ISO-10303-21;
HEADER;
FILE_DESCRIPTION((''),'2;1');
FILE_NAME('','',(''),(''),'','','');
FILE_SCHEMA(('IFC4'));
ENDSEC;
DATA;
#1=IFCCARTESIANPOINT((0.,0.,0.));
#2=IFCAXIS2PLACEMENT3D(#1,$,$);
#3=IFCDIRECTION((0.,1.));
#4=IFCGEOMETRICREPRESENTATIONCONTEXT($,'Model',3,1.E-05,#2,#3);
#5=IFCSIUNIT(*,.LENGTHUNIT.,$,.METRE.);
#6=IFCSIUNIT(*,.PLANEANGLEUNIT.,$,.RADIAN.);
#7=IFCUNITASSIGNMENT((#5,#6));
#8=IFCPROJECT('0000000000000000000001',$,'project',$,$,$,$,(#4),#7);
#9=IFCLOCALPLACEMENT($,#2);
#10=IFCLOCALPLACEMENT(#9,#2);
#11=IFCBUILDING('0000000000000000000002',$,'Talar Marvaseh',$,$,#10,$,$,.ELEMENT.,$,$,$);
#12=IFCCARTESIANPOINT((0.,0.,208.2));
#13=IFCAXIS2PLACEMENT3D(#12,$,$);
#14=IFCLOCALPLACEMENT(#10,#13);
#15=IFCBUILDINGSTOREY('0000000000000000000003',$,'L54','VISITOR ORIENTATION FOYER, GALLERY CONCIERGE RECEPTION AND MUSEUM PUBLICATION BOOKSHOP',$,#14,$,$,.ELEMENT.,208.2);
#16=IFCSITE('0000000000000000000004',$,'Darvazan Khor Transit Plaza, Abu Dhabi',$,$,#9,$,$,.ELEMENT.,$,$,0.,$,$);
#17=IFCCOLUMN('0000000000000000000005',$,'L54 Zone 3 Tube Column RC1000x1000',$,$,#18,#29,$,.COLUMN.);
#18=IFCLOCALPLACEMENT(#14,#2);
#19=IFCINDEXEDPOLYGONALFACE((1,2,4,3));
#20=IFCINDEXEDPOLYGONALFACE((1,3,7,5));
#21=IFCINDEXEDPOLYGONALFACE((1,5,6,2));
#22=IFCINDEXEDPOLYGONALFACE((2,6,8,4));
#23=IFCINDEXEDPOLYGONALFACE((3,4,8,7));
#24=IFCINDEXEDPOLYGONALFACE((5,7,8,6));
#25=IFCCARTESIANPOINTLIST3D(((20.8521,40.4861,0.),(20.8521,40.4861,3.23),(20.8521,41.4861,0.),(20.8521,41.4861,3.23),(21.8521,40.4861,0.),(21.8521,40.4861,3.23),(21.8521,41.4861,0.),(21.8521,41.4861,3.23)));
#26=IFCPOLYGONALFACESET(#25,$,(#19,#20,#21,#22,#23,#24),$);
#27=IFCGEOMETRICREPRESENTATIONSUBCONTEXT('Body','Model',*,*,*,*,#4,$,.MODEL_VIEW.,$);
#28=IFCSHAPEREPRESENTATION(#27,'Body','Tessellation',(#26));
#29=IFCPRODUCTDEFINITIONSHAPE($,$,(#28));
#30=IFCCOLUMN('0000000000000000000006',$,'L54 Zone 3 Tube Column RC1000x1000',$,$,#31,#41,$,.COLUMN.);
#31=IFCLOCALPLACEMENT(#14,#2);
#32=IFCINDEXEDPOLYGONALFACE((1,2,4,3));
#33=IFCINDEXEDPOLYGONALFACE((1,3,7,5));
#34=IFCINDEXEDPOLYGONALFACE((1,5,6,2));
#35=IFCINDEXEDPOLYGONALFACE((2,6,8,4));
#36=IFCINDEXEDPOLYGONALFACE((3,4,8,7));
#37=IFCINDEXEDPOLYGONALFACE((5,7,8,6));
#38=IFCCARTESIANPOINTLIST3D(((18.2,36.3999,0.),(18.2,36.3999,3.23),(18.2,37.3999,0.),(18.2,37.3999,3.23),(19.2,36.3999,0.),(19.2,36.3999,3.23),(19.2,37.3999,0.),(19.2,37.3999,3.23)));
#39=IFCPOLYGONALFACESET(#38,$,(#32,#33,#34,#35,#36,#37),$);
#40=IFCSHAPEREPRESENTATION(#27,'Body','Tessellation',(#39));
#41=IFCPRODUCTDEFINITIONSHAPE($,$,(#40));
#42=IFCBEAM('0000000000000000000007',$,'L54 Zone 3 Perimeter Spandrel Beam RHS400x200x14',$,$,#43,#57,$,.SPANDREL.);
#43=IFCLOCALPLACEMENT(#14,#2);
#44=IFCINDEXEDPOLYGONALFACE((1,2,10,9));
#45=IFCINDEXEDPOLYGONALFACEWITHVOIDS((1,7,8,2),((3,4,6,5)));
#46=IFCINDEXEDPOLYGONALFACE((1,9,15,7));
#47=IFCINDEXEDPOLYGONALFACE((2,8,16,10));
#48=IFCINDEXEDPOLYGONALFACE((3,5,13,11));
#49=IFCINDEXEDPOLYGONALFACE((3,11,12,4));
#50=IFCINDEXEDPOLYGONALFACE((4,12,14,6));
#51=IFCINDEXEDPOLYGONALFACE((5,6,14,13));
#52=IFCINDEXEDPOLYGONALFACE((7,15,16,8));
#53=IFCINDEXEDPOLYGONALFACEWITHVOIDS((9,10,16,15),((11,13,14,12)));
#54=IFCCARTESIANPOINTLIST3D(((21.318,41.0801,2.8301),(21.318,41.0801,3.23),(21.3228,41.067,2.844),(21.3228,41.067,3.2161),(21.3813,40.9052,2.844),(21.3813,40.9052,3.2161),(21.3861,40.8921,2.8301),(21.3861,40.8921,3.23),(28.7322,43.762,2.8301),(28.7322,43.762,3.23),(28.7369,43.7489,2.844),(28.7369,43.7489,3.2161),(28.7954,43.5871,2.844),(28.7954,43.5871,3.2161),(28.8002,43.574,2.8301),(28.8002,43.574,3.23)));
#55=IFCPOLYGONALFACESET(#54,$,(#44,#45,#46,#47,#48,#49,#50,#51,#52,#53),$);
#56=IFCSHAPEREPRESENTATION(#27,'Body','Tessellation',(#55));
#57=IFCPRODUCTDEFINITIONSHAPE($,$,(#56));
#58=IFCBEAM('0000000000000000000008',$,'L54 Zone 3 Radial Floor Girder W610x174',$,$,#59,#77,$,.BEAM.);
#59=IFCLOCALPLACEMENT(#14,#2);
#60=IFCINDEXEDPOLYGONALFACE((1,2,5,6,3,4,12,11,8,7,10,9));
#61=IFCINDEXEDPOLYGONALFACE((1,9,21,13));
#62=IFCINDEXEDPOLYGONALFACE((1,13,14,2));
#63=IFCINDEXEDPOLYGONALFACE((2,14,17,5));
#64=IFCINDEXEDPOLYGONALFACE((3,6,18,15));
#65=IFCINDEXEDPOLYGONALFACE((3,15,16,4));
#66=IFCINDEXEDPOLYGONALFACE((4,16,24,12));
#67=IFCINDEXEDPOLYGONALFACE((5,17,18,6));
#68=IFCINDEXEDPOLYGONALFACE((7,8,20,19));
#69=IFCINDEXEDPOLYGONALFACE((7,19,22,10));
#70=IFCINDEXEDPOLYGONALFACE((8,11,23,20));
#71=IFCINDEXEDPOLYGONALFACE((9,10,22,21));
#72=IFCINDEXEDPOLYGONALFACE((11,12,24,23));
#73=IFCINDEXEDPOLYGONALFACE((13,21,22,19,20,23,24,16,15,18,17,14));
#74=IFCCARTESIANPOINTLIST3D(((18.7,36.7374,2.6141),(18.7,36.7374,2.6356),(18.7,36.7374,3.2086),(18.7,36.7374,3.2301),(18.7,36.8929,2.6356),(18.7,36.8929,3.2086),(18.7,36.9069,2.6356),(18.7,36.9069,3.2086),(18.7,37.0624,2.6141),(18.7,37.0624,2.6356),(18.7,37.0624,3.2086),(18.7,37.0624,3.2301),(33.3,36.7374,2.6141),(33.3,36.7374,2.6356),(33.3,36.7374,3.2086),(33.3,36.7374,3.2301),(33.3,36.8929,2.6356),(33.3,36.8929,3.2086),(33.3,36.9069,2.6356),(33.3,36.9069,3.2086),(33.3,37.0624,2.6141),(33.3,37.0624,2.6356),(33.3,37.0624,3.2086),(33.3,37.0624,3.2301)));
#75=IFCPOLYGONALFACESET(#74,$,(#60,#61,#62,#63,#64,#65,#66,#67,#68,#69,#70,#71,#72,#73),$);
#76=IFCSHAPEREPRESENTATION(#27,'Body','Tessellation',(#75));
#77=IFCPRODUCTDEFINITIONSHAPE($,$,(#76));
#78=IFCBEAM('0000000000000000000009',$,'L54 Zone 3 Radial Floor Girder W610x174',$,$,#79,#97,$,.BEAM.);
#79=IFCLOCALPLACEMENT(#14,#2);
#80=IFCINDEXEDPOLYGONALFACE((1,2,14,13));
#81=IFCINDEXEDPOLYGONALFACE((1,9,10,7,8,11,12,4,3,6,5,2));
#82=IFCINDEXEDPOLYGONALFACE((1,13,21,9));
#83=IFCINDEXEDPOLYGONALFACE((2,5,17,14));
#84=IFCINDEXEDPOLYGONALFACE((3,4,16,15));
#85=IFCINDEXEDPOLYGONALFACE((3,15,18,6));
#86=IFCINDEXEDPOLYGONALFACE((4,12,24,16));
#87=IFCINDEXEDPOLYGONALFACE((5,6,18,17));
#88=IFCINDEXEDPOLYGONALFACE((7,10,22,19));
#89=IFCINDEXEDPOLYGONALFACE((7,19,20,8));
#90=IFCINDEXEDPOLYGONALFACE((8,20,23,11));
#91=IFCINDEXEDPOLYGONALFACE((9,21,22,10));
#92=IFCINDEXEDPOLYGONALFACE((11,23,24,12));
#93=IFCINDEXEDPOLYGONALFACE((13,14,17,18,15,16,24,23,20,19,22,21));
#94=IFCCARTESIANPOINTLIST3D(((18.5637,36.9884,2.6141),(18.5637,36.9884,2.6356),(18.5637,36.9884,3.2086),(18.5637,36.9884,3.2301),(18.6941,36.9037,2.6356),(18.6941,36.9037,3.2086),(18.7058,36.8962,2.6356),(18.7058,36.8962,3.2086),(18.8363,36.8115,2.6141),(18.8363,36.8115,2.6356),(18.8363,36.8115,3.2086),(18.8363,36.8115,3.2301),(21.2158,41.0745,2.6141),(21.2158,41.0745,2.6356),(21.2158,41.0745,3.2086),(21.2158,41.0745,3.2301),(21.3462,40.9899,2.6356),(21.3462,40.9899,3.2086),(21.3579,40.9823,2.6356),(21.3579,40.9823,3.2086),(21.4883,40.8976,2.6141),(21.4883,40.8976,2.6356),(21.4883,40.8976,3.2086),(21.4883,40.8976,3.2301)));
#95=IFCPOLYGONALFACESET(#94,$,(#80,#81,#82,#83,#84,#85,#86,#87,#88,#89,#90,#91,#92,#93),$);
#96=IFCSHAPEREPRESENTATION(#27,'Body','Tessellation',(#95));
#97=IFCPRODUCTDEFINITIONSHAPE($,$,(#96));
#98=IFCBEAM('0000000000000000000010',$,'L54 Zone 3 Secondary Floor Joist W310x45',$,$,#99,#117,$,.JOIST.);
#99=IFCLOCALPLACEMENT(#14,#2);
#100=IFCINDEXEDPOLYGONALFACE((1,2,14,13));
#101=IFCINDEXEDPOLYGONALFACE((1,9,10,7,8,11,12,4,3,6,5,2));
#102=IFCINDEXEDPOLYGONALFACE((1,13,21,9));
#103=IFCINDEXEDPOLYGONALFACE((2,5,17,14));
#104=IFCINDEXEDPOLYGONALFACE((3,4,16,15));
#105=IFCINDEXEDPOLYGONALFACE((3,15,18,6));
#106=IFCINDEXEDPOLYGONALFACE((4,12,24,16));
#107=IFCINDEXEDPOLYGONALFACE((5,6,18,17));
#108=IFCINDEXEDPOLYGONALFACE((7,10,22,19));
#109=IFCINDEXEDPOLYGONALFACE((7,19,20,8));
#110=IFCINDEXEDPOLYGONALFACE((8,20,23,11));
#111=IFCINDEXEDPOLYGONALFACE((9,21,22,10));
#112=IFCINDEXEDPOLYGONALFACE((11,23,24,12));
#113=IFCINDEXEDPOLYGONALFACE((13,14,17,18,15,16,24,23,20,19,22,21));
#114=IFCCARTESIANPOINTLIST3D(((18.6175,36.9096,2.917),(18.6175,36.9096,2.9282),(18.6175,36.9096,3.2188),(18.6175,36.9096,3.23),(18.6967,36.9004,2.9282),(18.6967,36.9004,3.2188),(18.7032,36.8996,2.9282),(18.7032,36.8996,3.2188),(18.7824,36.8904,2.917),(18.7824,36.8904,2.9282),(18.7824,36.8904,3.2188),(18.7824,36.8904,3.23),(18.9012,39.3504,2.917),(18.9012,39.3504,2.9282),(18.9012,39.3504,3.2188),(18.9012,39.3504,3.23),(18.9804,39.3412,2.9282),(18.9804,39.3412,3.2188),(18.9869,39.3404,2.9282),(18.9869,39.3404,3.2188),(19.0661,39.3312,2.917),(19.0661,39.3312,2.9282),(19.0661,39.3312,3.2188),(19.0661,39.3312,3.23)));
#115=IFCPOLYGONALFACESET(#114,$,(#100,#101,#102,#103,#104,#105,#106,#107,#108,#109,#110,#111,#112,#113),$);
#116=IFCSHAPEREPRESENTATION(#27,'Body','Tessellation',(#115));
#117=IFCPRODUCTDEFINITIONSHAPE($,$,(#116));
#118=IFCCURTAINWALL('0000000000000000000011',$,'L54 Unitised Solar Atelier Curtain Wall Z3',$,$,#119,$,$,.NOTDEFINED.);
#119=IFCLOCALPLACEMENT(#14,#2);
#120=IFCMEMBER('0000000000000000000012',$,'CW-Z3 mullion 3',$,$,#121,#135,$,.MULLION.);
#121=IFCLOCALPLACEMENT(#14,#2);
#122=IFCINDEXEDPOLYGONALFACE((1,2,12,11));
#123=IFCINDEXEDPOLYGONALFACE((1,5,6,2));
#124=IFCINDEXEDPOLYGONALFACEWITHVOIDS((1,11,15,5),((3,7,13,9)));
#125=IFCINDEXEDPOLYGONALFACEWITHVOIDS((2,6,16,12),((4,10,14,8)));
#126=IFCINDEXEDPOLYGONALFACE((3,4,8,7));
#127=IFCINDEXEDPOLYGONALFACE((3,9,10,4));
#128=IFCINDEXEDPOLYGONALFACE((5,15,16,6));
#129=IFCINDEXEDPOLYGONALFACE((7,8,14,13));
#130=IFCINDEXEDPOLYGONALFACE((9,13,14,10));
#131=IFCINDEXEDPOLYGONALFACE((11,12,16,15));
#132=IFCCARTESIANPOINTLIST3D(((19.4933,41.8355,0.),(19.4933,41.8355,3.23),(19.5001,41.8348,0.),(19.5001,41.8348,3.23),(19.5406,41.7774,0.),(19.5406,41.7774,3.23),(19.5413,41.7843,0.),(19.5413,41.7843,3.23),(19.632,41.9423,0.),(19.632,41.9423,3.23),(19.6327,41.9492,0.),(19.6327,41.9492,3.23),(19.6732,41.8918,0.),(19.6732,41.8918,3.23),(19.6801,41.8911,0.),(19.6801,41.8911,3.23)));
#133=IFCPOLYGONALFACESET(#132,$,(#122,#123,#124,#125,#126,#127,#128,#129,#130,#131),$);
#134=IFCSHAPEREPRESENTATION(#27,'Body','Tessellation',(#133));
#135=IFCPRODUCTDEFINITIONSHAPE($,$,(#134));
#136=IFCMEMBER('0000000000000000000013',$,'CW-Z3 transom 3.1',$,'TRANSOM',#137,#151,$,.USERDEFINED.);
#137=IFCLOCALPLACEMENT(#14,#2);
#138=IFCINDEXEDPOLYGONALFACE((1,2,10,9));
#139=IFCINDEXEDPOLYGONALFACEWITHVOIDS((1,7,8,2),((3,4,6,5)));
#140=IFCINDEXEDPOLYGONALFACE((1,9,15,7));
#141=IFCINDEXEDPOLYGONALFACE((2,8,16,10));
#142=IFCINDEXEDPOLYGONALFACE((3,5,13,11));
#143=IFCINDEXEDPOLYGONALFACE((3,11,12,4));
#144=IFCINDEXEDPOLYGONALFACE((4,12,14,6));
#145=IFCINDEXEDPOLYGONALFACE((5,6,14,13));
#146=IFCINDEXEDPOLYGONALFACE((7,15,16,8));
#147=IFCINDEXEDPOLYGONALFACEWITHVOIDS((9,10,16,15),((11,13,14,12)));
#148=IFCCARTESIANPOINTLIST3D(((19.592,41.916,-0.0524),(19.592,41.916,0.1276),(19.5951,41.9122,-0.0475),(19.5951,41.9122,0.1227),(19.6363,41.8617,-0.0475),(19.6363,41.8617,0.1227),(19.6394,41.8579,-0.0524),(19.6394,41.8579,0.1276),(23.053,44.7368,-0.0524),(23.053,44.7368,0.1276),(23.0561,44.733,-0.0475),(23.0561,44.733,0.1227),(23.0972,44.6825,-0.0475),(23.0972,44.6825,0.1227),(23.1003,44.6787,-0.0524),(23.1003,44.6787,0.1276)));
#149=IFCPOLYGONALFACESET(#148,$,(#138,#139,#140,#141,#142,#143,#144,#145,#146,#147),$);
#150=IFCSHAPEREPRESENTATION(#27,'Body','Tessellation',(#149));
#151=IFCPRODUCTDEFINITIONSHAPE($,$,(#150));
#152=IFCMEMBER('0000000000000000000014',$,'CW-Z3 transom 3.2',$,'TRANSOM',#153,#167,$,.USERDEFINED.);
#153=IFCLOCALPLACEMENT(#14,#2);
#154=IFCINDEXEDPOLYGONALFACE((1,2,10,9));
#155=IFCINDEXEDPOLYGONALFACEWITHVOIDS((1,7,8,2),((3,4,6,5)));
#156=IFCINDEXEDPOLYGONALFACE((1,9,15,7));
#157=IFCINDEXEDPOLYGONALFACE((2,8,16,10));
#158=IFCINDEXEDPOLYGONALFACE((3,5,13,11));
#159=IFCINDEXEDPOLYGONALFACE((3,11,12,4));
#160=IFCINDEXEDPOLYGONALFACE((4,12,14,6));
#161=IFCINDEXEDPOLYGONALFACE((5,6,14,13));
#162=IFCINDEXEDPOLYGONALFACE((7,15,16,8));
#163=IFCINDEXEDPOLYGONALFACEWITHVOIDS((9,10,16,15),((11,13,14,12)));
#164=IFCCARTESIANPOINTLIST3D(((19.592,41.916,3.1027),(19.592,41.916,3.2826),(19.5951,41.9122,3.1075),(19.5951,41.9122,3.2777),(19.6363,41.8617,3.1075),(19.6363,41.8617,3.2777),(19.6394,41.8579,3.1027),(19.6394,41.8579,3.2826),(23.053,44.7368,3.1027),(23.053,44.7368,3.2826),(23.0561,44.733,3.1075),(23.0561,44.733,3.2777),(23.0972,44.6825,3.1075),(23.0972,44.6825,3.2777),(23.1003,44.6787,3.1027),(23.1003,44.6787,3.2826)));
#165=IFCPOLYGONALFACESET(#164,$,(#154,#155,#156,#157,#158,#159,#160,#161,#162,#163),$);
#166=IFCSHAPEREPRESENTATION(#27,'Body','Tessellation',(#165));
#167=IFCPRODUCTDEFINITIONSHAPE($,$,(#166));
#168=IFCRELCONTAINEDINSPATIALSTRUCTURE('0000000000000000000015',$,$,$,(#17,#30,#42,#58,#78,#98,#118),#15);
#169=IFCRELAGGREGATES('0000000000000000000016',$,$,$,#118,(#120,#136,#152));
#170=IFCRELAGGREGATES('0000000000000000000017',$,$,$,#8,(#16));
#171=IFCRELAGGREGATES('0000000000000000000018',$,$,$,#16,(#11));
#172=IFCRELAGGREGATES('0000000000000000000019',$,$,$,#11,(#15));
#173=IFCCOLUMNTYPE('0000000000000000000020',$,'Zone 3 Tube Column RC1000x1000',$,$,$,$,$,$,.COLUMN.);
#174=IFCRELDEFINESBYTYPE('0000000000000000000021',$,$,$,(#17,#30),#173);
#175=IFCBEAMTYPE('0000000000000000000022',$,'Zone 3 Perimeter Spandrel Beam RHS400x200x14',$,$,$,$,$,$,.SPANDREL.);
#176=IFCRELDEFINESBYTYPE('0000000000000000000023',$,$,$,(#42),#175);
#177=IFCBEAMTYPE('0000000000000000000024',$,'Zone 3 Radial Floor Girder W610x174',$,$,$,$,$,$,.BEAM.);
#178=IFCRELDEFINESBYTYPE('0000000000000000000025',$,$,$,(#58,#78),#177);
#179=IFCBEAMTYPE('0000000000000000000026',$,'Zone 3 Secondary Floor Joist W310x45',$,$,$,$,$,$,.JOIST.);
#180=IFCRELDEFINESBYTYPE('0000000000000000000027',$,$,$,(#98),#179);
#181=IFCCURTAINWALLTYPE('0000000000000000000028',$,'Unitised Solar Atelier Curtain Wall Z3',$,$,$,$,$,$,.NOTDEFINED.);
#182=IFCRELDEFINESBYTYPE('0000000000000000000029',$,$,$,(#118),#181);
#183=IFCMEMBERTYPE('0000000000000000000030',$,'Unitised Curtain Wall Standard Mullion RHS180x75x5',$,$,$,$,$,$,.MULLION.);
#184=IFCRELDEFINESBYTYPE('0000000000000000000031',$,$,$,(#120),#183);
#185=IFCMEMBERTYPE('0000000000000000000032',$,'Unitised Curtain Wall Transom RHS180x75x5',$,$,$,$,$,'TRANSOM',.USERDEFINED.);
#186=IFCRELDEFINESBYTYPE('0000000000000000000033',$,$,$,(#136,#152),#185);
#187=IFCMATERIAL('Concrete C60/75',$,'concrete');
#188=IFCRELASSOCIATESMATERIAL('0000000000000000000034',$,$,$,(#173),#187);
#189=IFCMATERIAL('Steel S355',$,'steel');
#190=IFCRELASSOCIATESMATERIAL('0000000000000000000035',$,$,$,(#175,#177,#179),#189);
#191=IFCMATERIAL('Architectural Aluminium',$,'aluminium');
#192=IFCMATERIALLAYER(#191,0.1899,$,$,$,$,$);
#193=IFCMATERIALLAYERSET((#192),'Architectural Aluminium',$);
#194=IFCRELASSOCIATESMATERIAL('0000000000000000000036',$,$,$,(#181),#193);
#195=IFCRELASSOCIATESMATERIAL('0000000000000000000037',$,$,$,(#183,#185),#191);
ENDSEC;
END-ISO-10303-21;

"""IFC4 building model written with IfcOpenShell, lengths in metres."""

from ifc_helpers import new_model, si_unit, direction, frame, origin, origin_2d, place, context, subcontext, project, spatial, rectangle, hollow_rectangle, i_section, extrude, source, transform, mapped, material, layer, layer_set, material_profile, profile_set, type_object, type_shapes, element, aggregate, save


model = new_model("IFC4")

# Units and contexts
model_context = context("Model", 3, precision=1e-05, world=origin(), true_north=direction((0.0, 1.0)))
body_context = subcontext(model_context, "Body", "Model", "MODEL_VIEW")
ifc_project = project(units=[si_unit("LENGTHUNIT", "METRE"), si_unit("PLANEANGLEUNIT", "RADIAN")], contexts=[model_context])

# Site, building, storey
site_placement = place(None, origin())
site = spatial("IfcSite", under=ifc_project, at=site_placement, Name="Darvazan Khor Transit Plaza, Abu Dhabi", CompositionType="ELEMENT", RefElevation=0.0)
building_placement = place(site_placement, origin())
building = spatial("IfcBuilding", under=site, at=building_placement, Name="Talar Marvaseh", CompositionType="ELEMENT")
storey_placement = place(building_placement, frame((0.0, 0.0, 208.2)))
storey = spatial("IfcBuildingStorey", under=building, at=storey_placement, Name="L54", Description="VISITOR ORIENTATION FOYER, GALLERY CONCIERGE RECEPTION AND MUSEUM PUBLICATION BOOKSHOP", CompositionType="ELEMENT", Elevation=208.2)

# Columns
ifc_material_1 = material(Name="Concrete C60/75", Category="concrete")
ifc_material_profile_1 = material_profile(ifc_material_1, rectangle(XDim=1.0, YDim=1.0, at=origin_2d()), Name="RC1000x1000")
ifc_profile_set_1 = profile_set([ifc_material_profile_1], Name="Concrete C60/75")
column_type = type_object("IfcColumnType", Name="Zone 3 Tube Column RC1000x1000", PredefinedType="COLUMN", material=ifc_profile_set_1)
for number, where, z_axis, x_axis, name in (
    (1, (21.3521, 40.9861, 0.0), (0.0, 0.0, 1.0), (1.0, 0.0, 0.0), "L54 Zone 3 Tube Column RC1000x1000"),
    (2, (18.7, 36.8999, 0.0), (0.0, 0.0, 1.0), (1.0, 0.0, 0.0), "L54 Zone 3 Tube Column RC1000x1000"),
):
    element("IfcColumn", number, at=place(storey_placement, frame(where, z_axis=z_axis, x_axis=x_axis)), inside=storey, type_object=column_type, Name=name, PredefinedType="COLUMN", context=body_context, shape_type="SweptSolid", body=[
        extrude(rectangle(XDim=1.0, YDim=1.0, at=origin_2d()), origin(), (0.0, 0.0, 1.0), 3.23),
    ])

# Beams
ifc_material_2 = material(Name="Steel S355", Category="steel")
ifc_material_profile_2 = material_profile(ifc_material_2, hollow_rectangle(XDim=0.2, YDim=0.3999, WallThickness=0.0139, at=origin_2d()), Name="RHS400x200x14")
ifc_profile_set_2 = profile_set([ifc_material_profile_2], Name="Steel S355")
beam_type_1 = type_object("IfcBeamType", Name="Zone 3 Perimeter Spandrel Beam RHS400x200x14", PredefinedType="SPANDREL", material=ifc_profile_set_2)
beam_1_placement = place(storey_placement, frame((21.3521, 40.9861, 3.03), z_axis=(0.940368, 0.340159, 0.0), x_axis=(-0.340159, 0.940368, 0.0)))
element("IfcBeam", 3, at=beam_1_placement, inside=storey, type_object=beam_type_1, Name="L54 Zone 3 Perimeter Spandrel Beam RHS400x200x14", PredefinedType="SPANDREL", context=body_context, shape_type="SweptSolid", body=[
    extrude(hollow_rectangle(XDim=0.2, YDim=0.3999, WallThickness=0.0139, at=origin_2d()), origin(), (0.0, 0.0, 1.0), 7.8843),
])
ifc_material_profile_3 = material_profile(ifc_material_2, i_section(OverallWidth=0.325, OverallDepth=0.616, WebThickness=0.0139, FlangeThickness=0.0215, at=origin_2d()), Name="W610x174")
ifc_profile_set_3 = profile_set([ifc_material_profile_3], Name="Steel S355")
beam_type_2 = type_object("IfcBeamType", Name="Zone 3 Radial Floor Girder W610x174", PredefinedType="BEAM", material=ifc_profile_set_3)
beam_2_placement = place(storey_placement, frame((18.7, 36.8999, 2.9221), z_axis=(1.0, 0.0, 0.0), x_axis=(0.0, 1.0, 0.0)))
element("IfcBeam", 4, at=beam_2_placement, inside=storey, type_object=beam_type_2, Name="L54 Zone 3 Radial Floor Girder W610x174", PredefinedType="BEAM", context=body_context, shape_type="SweptSolid", body=[
    extrude(i_section(OverallWidth=0.325, OverallDepth=0.616, WebThickness=0.0139, FlangeThickness=0.0215, at=origin_2d()), origin(), (0.0, 0.0, 1.0), 14.6001),
])
beam_3_placement = place(storey_placement, frame((21.3521, 40.9861, 2.9221), z_axis=(-0.544423, -0.838811, 0.0), x_axis=(0.838811, -0.544423, 0.0)))
element("IfcBeam", 5, at=beam_3_placement, inside=storey, type_object=beam_type_2, Name="L54 Zone 3 Radial Floor Girder W610x174", PredefinedType="BEAM", context=body_context, shape_type="SweptSolid", body=[
    extrude(i_section(OverallWidth=0.325, OverallDepth=0.616, WebThickness=0.0139, FlangeThickness=0.0215, at=origin_2d()), origin(), (0.0, 0.0, 1.0), 4.8713),
])
ifc_material_profile_4 = material_profile(ifc_material_2, i_section(OverallWidth=0.166, OverallDepth=0.313, WebThickness=0.0066, FlangeThickness=0.0112, at=origin_2d()), Name="W310x45")
ifc_profile_set_4 = profile_set([ifc_material_profile_4], Name="Steel S355")
beam_type_3 = type_object("IfcBeamType", Name="Zone 3 Secondary Floor Joist W310x45", PredefinedType="JOIST", material=ifc_profile_set_4)
beam_4_placement = place(storey_placement, frame((18.9836, 39.3408, 3.0735), z_axis=(-0.115446, -0.993314, 0.0), x_axis=(0.993314, -0.115446, 0.0)))
element("IfcBeam", 6, at=beam_4_placement, inside=storey, type_object=beam_type_3, Name="L54 Zone 3 Secondary Floor Joist W310x45", PredefinedType="JOIST", context=body_context, shape_type="SweptSolid", body=[
    extrude(i_section(OverallWidth=0.166, OverallDepth=0.313, WebThickness=0.0066, FlangeThickness=0.0112, at=origin_2d()), origin(), (0.0, 0.0, 1.0), 2.4573),
])

# Curtain wall, members
ifc_material_3 = material(Name="Architectural Aluminium", Category="aluminium")
ifc_layer_1 = layer(ifc_material_3, 0.1899)
ifc_layer_set_1 = layer_set([ifc_layer_1], Name="Architectural Aluminium")
curtain_wall_type = type_object("IfcCurtainWallType", Name="Unitised Solar Atelier Curtain Wall Z3", PredefinedType="NOTDEFINED", material=ifc_layer_set_1)
curtain_wall_placement = place(storey_placement, origin())
curtain_wall = element("IfcCurtainWall", 7, at=curtain_wall_placement, inside=storey, type_object=curtain_wall_type, Name="L54 Unitised Solar Atelier Curtain Wall Z3", PredefinedType="NOTDEFINED")
ifc_material_profile_5 = material_profile(ifc_material_3, hollow_rectangle(XDim=0.075, YDim=0.1799, WallThickness=0.0049, at=origin_2d()), Name="RHS180x75x5")
ifc_profile_set_5 = profile_set([ifc_material_profile_5], Name="Architectural Aluminium")
member_type_1 = type_object("IfcMemberType", Name="Unitised Curtain Wall Standard Mullion RHS180x75x5", PredefinedType="MULLION", material=ifc_profile_set_5)
shared_shape_1 = source(origin(), body_context, "Body", "SweptSolid", [
    extrude(hollow_rectangle(XDim=0.075, YDim=0.1799, WallThickness=0.0049, at=origin_2d()), origin(), (0.0, 0.0, 1.0), 3.23),
])
type_shapes(member_type_1, [shared_shape_1])
member_1_placement = place(storey_placement, frame((19.5867, 41.8633, 0.0), z_axis=(0.0, 0.0, 1.0), x_axis=(-0.631784, 0.775145, 0.0)))
member_1 = element("IfcMember", 8, at=member_1_placement, type_object=member_type_1, Name="CW-Z3 mullion 3", PredefinedType="MULLION", context=body_context, shape_type="MappedRepresentation", body=[
    mapped(shared_shape_1, transform((0.0, 0.0, 0.0), x_axis=(1.0, 0.0, 0.0), y_axis=(0.0, 1.0, 0.0), z_axis=(0.0, 0.0, 1.0), scale=1.0)),
])
ifc_material_profile_6 = material_profile(ifc_material_3, hollow_rectangle(XDim=0.075, YDim=0.1799, WallThickness=0.0049, at=origin_2d()), Name="RHS180x75x5")
ifc_profile_set_6 = profile_set([ifc_material_profile_6], Name="Architectural Aluminium")
member_type_2 = type_object("IfcMemberType", Name="Unitised Curtain Wall Transom RHS180x75x5", ElementType="TRANSOM", PredefinedType="USERDEFINED", material=ifc_profile_set_6)
shared_shape_2 = source(origin(), body_context, "Body", "SweptSolid", [
    extrude(hollow_rectangle(XDim=0.075, YDim=0.1799, WallThickness=0.0049, at=origin_2d()), origin(), (0.0, 0.0, 1.0), 4.4648),
])
type_shapes(member_type_2, [shared_shape_2])
member_2_placement = place(storey_placement, frame((19.6157, 41.887, 0.0376), z_axis=(0.77515, 0.631778, 0.0), x_axis=(-0.631778, 0.77515, 0.0)))
member_2 = element("IfcMember", 9, at=member_2_placement, type_object=member_type_2, Name="CW-Z3 transom 3.1", ObjectType="TRANSOM", PredefinedType="USERDEFINED", context=body_context, shape_type="MappedRepresentation", body=[
    mapped(shared_shape_2, transform((0.0, 0.0, 0.0), x_axis=(1.0, 0.0, 0.0), y_axis=(0.0, 1.0, 0.0), z_axis=(0.0, 0.0, 1.0), scale=1.0)),
])
member_3_placement = place(storey_placement, frame((19.6157, 41.887, 3.1926), z_axis=(0.77515, 0.631778, 0.0), x_axis=(-0.631778, 0.77515, 0.0)))
member_3 = element("IfcMember", 10, at=member_3_placement, type_object=member_type_2, Name="CW-Z3 transom 3.2", ObjectType="TRANSOM", PredefinedType="USERDEFINED", context=body_context, shape_type="MappedRepresentation", body=[
    mapped(shared_shape_2, transform((0.0, 0.0, 0.0), x_axis=(1.0, 0.0, 0.0), y_axis=(0.0, 1.0, 0.0), z_axis=(0.0, 0.0, 1.0), scale=1.0)),
])
aggregate(curtain_wall, [member_1, member_2, member_3])

save(model, "model.ifc")
